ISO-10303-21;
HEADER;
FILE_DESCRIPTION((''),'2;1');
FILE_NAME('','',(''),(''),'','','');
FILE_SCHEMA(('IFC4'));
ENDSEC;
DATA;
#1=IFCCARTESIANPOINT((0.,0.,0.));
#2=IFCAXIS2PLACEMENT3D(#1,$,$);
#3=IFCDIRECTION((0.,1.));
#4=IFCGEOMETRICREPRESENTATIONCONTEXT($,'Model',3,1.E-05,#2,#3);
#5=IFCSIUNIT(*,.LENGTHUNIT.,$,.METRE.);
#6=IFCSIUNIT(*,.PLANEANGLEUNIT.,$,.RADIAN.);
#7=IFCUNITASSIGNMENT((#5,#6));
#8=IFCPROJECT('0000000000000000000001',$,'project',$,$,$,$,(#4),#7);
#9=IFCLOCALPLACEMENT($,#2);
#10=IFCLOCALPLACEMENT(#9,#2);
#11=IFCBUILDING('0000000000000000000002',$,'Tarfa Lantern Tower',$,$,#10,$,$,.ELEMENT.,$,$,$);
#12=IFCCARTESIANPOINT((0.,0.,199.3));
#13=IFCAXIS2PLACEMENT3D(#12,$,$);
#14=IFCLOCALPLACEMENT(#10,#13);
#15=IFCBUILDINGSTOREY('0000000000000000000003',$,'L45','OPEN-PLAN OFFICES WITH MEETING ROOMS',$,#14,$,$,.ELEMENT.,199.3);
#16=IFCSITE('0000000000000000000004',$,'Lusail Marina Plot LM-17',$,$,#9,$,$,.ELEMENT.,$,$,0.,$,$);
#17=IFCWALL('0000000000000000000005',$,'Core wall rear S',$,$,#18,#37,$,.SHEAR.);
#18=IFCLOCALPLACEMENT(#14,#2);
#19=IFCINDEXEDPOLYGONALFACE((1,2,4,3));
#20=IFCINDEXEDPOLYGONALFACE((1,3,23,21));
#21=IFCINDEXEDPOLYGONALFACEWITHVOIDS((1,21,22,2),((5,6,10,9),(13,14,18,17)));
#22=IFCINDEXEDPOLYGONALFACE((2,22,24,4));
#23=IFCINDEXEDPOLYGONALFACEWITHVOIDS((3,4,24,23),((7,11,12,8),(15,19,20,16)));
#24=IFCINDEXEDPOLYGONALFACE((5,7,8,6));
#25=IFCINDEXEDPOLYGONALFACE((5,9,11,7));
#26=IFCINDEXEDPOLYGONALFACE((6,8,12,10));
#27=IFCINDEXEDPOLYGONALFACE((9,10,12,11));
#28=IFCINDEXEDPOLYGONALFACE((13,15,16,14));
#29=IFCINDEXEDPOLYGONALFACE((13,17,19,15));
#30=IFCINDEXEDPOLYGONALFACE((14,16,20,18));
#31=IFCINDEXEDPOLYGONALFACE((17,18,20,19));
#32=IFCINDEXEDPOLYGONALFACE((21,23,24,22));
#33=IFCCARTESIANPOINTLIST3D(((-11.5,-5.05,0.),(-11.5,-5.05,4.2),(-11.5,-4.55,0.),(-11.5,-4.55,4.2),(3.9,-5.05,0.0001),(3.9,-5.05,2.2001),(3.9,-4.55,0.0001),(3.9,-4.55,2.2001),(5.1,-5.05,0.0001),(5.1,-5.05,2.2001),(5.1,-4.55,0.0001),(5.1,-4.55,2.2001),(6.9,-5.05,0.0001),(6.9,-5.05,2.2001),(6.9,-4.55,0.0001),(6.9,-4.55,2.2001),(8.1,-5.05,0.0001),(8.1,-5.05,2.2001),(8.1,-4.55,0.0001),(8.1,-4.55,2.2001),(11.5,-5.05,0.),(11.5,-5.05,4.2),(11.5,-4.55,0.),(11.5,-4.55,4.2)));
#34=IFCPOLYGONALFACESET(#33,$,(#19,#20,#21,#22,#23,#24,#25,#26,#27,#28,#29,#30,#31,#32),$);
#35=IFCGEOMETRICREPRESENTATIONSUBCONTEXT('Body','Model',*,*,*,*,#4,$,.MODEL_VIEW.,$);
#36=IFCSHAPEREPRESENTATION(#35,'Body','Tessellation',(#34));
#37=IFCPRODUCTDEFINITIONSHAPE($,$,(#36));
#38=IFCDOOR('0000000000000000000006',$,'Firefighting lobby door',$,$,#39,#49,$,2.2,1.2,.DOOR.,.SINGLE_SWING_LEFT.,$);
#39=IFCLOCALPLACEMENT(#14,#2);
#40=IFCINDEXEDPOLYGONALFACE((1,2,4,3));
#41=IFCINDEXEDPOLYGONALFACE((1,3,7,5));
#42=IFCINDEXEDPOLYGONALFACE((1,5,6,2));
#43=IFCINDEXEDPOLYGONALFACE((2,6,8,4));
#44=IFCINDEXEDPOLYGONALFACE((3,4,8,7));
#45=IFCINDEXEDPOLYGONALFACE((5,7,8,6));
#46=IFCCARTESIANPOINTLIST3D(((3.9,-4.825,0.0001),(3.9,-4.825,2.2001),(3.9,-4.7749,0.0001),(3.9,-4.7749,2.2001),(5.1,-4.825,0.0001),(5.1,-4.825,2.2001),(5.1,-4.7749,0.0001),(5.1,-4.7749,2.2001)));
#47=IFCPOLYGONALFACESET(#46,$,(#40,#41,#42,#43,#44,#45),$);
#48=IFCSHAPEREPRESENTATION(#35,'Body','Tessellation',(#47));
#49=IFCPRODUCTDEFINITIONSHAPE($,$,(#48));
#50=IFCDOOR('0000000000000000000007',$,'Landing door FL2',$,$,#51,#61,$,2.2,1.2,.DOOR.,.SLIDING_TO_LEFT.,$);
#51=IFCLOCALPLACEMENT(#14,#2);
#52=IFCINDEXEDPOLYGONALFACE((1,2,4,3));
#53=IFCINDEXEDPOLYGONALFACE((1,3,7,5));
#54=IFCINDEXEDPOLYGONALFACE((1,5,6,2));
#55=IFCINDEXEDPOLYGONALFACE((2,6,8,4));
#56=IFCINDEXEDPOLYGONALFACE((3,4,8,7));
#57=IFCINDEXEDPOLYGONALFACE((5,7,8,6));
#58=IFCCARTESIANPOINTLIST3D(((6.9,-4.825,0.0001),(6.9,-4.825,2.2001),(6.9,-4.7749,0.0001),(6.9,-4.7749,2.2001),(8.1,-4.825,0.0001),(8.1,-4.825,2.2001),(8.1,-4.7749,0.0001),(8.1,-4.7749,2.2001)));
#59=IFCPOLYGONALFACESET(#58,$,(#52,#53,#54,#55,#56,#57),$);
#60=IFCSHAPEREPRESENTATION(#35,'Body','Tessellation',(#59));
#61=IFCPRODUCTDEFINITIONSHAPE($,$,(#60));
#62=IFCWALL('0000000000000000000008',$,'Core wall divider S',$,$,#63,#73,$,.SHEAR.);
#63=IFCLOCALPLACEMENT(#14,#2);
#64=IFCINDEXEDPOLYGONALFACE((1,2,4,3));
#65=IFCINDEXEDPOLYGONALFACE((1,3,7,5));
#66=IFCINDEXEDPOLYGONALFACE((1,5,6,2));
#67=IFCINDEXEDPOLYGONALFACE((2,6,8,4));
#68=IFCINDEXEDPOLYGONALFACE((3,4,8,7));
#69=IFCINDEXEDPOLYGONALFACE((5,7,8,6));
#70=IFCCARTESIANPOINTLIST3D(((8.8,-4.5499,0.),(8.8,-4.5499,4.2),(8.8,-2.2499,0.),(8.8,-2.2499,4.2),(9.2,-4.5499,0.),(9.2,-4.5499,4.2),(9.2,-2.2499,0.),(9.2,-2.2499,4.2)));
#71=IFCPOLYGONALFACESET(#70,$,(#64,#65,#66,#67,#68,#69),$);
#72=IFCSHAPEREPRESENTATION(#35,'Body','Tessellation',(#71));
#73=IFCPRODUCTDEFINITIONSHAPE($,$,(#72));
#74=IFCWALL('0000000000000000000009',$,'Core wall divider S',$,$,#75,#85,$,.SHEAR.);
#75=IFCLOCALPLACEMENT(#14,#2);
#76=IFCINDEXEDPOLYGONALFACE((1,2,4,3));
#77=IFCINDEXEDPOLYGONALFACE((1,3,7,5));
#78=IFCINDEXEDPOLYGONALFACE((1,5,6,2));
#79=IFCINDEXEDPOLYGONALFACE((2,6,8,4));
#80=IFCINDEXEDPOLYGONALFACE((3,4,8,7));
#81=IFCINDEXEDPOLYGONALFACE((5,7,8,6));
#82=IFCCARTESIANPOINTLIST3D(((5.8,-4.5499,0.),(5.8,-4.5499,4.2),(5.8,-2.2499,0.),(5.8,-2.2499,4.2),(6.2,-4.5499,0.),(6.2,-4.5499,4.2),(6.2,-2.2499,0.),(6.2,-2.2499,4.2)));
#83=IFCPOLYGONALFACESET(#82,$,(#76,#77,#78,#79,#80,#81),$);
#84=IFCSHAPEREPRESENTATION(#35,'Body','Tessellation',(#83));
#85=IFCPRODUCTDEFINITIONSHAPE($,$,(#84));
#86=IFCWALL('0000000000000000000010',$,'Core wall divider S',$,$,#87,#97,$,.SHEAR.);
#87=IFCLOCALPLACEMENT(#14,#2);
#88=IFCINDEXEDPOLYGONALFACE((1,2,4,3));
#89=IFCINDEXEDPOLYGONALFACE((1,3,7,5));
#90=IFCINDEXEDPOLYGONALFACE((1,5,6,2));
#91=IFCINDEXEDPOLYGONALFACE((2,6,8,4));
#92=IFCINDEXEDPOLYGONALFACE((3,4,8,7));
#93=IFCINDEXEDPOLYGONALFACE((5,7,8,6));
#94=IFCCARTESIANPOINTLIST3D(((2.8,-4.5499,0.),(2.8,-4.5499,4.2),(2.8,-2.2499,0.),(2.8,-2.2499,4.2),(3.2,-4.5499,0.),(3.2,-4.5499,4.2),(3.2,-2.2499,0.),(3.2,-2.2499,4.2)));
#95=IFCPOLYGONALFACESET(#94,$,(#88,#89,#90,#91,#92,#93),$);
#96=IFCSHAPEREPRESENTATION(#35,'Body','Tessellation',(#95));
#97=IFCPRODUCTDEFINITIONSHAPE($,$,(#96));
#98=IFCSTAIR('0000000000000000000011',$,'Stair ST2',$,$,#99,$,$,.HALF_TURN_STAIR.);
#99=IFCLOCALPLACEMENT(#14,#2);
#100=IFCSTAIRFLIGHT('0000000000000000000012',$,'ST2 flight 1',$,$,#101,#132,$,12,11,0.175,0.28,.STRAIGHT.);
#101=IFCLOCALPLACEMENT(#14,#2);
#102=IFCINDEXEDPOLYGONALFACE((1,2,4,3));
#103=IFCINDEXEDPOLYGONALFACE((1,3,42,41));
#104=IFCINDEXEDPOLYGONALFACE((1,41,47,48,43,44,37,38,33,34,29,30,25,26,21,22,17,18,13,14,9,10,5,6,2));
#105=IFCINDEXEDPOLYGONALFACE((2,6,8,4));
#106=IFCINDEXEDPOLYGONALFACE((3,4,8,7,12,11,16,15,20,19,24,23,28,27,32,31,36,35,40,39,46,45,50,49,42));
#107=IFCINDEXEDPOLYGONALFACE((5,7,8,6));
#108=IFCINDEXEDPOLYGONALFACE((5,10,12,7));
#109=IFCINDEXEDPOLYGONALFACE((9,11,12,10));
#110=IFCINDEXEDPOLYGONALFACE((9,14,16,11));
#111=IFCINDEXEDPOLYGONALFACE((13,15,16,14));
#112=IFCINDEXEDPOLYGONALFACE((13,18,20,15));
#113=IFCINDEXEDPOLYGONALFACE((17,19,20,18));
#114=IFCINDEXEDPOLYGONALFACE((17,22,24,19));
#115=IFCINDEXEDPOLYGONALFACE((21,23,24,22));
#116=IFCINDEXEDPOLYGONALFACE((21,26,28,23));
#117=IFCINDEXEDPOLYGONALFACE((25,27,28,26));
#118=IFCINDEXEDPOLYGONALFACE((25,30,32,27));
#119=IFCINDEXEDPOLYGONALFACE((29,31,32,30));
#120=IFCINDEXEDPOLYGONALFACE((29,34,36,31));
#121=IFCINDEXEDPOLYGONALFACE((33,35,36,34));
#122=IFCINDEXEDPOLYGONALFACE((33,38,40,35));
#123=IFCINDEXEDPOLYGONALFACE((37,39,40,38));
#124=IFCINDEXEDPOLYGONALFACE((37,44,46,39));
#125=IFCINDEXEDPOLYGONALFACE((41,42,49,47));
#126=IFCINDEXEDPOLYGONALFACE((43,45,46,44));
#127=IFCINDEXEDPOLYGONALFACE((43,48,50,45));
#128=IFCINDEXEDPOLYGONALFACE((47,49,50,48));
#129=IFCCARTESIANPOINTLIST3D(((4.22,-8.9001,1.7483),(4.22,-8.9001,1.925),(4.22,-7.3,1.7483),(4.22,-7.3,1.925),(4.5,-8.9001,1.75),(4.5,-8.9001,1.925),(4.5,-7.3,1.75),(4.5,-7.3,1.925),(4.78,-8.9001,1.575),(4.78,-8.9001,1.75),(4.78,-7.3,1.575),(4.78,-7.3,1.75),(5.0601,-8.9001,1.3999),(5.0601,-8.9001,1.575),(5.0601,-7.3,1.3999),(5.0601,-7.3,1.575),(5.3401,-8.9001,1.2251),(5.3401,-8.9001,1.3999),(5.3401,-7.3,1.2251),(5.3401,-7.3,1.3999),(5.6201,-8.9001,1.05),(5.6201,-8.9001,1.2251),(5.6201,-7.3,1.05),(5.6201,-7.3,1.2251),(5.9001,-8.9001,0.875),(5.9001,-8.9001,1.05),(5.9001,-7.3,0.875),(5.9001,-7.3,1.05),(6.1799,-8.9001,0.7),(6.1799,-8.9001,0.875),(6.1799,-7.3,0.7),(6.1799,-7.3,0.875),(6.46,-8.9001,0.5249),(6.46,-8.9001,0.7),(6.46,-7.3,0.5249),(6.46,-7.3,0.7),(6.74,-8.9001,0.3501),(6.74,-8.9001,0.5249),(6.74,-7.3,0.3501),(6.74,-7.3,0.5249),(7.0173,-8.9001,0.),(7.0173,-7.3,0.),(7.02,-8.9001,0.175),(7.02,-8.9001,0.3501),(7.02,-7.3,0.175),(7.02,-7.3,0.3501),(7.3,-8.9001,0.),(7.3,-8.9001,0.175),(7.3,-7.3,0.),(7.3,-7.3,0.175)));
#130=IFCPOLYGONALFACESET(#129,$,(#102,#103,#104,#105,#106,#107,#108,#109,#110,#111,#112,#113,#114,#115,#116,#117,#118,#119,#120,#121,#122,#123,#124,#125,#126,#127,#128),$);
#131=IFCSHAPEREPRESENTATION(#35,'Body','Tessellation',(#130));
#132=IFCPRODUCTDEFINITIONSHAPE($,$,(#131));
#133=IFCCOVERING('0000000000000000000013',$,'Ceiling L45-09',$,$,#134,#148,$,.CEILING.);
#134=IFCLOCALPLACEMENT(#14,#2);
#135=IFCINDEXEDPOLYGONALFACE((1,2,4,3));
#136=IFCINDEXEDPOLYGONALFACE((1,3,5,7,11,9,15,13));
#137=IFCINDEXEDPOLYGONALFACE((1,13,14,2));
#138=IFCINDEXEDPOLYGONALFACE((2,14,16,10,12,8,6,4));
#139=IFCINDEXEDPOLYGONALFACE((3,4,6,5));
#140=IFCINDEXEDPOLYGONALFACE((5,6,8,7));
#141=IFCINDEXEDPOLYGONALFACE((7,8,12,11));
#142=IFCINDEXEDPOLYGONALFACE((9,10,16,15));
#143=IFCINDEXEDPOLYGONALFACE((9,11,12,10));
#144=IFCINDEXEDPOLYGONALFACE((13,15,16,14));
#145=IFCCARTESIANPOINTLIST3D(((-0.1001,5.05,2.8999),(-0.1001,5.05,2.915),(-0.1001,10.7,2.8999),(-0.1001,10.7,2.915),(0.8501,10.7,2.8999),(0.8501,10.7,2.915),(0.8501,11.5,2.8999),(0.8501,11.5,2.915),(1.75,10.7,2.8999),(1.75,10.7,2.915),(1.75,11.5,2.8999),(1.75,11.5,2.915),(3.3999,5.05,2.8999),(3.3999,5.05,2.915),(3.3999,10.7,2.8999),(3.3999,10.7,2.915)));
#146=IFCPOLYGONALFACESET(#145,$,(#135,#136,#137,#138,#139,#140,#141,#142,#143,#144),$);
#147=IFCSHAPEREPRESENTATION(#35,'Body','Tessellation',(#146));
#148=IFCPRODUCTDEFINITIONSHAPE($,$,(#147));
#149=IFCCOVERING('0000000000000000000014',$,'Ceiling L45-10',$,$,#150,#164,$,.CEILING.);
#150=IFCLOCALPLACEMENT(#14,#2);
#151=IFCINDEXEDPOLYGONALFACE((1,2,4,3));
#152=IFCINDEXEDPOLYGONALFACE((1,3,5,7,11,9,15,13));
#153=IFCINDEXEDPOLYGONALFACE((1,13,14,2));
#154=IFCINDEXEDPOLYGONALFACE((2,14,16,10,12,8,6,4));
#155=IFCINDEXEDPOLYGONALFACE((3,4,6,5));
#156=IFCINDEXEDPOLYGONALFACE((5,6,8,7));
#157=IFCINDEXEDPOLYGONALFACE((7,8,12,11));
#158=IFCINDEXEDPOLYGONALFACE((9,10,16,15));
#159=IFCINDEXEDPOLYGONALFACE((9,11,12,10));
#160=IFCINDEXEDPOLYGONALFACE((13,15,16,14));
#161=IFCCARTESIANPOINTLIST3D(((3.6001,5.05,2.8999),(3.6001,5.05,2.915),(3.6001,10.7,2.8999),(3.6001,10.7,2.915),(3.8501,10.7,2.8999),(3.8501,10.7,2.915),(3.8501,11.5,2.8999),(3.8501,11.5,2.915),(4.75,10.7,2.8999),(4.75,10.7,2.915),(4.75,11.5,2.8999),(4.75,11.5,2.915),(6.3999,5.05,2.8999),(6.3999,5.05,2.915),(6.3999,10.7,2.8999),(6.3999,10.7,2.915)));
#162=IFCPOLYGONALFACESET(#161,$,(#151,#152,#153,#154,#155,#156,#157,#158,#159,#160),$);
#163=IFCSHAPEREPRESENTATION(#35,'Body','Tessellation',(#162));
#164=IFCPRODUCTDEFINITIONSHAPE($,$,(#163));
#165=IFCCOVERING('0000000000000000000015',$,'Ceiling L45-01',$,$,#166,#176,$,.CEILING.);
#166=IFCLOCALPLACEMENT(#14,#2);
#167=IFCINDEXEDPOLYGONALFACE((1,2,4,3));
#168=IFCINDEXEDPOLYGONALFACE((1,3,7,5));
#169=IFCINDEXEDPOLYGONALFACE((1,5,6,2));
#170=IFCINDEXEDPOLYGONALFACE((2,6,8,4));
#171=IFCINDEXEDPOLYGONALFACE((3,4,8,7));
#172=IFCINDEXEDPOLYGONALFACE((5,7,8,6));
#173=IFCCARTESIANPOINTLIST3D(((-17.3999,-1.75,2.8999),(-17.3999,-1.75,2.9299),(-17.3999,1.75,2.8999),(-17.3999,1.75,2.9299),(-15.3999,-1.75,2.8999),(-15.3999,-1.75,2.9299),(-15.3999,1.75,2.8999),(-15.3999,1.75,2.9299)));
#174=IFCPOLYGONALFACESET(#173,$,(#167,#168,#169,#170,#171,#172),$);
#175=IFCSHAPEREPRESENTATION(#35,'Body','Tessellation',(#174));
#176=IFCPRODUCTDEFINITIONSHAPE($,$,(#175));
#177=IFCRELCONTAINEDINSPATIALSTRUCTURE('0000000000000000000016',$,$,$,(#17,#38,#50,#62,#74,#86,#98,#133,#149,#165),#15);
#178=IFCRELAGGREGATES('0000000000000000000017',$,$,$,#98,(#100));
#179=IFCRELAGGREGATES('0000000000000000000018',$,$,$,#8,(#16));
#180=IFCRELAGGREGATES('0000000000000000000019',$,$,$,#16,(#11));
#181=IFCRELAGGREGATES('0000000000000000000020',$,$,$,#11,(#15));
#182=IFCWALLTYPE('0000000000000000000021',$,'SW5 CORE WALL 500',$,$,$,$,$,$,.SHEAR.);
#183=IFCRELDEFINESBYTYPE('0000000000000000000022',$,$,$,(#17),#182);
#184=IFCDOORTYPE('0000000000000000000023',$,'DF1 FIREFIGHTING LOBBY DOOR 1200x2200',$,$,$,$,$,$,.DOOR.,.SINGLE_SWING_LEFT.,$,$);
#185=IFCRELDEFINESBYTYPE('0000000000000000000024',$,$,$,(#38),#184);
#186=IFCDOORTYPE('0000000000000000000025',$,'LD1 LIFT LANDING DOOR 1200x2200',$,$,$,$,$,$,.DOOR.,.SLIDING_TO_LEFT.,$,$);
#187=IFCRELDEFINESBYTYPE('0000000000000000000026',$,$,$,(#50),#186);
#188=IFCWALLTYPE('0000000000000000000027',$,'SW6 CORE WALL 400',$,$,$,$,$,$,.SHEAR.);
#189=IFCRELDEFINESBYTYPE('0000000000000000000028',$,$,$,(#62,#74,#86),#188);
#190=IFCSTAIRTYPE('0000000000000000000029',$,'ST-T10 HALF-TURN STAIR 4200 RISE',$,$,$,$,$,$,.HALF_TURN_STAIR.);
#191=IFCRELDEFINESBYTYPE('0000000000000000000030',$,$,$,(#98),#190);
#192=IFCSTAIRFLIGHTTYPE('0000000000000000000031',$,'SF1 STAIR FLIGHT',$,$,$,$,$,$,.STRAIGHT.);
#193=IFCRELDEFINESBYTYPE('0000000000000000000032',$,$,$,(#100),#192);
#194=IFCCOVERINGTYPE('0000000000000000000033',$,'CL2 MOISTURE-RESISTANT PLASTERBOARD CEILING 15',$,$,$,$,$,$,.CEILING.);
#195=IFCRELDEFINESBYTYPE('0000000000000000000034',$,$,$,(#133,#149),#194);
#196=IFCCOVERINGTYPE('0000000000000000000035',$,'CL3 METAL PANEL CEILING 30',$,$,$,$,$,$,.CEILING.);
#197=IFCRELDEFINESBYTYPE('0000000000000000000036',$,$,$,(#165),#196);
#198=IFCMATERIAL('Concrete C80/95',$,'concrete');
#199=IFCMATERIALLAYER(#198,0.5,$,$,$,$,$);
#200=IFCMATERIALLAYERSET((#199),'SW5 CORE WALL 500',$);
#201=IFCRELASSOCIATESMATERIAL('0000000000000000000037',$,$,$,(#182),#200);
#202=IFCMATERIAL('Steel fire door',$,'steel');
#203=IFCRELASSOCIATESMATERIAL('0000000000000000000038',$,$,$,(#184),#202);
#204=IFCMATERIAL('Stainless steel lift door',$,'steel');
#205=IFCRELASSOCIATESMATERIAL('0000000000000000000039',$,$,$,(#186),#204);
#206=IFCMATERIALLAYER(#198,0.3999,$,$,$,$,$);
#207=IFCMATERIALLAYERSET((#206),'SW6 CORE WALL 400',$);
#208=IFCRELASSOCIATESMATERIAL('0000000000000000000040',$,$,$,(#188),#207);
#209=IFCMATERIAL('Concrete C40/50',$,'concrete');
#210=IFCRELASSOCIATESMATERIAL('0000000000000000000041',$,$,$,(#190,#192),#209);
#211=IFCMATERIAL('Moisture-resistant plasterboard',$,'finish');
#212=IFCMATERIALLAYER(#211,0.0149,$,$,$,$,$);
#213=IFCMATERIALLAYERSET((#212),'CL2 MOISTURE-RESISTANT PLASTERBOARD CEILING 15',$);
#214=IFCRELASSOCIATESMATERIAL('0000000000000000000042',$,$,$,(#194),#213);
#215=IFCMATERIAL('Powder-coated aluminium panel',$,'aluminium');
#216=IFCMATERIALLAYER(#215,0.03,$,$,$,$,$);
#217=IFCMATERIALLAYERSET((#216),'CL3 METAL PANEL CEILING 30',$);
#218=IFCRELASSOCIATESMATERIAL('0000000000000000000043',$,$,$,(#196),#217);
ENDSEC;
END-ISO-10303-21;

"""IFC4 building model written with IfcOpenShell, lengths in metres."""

from ifc_helpers import new_model, si_unit, direction, frame, frame_2d, origin, place, context, subcontext, project, spatial, polyline, rectangle, outline, extrude, material, layer, layer_set, type_object, element, fill, aggregate, save


model = new_model("IFC4")

# Units and contexts
model_context = context("Model", 3, precision=1e-05, world=origin(), true_north=direction((0.0, 1.0)))
body_context = subcontext(model_context, "Body", "Model", "MODEL_VIEW")
ifc_project = project(units=[si_unit("LENGTHUNIT", "METRE"), si_unit("PLANEANGLEUNIT", "RADIAN")], contexts=[model_context])

# Site, building, storey
site_placement = place(None, origin())
site = spatial("IfcSite", under=ifc_project, at=site_placement, Name="Lusail Marina Plot LM-17", CompositionType="ELEMENT", RefElevation=0.0)
building_placement = place(site_placement, origin())
building = spatial("IfcBuilding", under=site, at=building_placement, Name="Tarfa Lantern Tower", CompositionType="ELEMENT")
storey_placement = place(building_placement, frame((0.0, 0.0, 199.3)))
storey = spatial("IfcBuildingStorey", under=building, at=storey_placement, Name="L45", Description="OPEN-PLAN OFFICES WITH MEETING ROOMS", CompositionType="ELEMENT", Elevation=199.3)

# Shared definitions
ifc_material_1 = material(Name="Concrete C80/95", Category="concrete")

# Shared definitions
ifc_material_2 = material(Name="Steel fire door", Category="steel")

# Shared definitions
ifc_layer_1 = layer(ifc_material_1, 0.5)
ifc_layer_set_1 = layer_set([ifc_layer_1], Name="SW5 CORE WALL 500")
wall_type_1 = type_object("IfcWallType", Name="SW5 CORE WALL 500", PredefinedType="SHEAR", material=ifc_layer_set_1)

# Wall, openings, doors
ifc_material_3 = material(Name="Stainless steel lift door", Category="steel")
wall_1_placement = place(storey_placement, frame((11.5, -4.8, 0.0), z_axis=(0.0, 0.0, 1.0), x_axis=(-1.0, 0.0, 0.0)))
wall_1 = element("IfcWall", 1, at=wall_1_placement, inside=storey, type_object=wall_type_1, Name="Core wall rear S", PredefinedType="SHEAR", context=body_context, shape_type="SweptSolid", body=[
    extrude(rectangle(XDim=23.0, YDim=0.5, at=frame_2d((11.5, 0.0))), origin(), (0.0, 0.0, 1.0), 4.2),
])
opening_1_placement = place(wall_1_placement, frame((6.3999, 0.0, 0.0)))
opening_1 = element("IfcOpeningElement", 2, at=opening_1_placement, cuts=wall_1, PredefinedType="OPENING", context=body_context, shape_type="SweptSolid", body=[
    extrude(rectangle(XDim=1.2, YDim=2.2, at=frame_2d((0.6001, 1.1001))), frame((0.0, 0.26, 0.0), z_axis=(0.0, -1.0, 0.0), x_axis=(1.0, 0.0, 0.0)), (0.0, 0.0, 1.0), 0.52),
])
opening_2_placement = place(wall_1_placement, frame((3.3999, 0.0, 0.0)))
opening_2 = element("IfcOpeningElement", 3, at=opening_2_placement, cuts=wall_1, PredefinedType="OPENING", context=body_context, shape_type="SweptSolid", body=[
    extrude(rectangle(XDim=1.2, YDim=2.2, at=frame_2d((0.6001, 1.1001))), frame((0.0, 0.26, 0.0), z_axis=(0.0, -1.0, 0.0), x_axis=(1.0, 0.0, 0.0)), (0.0, 0.0, 1.0), 0.52),
])
door_type_1 = type_object("IfcDoorType", Name="DF1 FIREFIGHTING LOBBY DOOR 1200x2200", OperationType="SINGLE_SWING_LEFT", PredefinedType="DOOR", material=ifc_material_2)
door_1_placement = place(opening_1_placement, origin())
door_1 = element("IfcDoor", 4, at=door_1_placement, inside=storey, type_object=door_type_1, Name="Firefighting lobby door", OperationType="SINGLE_SWING_LEFT", OverallHeight=2.2, OverallWidth=1.2, PredefinedType="DOOR", context=body_context, shape_type="SweptSolid", body=[
    extrude(rectangle(XDim=1.2, YDim=2.2, at=frame_2d((0.6001, 1.1001))), frame((0.0, 0.0249, 0.0), z_axis=(0.0, -1.0, 0.0), x_axis=(1.0, 0.0, 0.0)), (0.0, 0.0, 1.0), 0.05),
])
fill(opening_1, door_1)
door_type_2 = type_object("IfcDoorType", Name="LD1 LIFT LANDING DOOR 1200x2200", OperationType="SLIDING_TO_LEFT", PredefinedType="DOOR", material=ifc_material_3)
door_2_placement = place(opening_2_placement, origin())
door_2 = element("IfcDoor", 5, at=door_2_placement, inside=storey, type_object=door_type_2, Name="Landing door FL2", OperationType="SLIDING_TO_LEFT", OverallHeight=2.2, OverallWidth=1.2, PredefinedType="DOOR", context=body_context, shape_type="SweptSolid", body=[
    extrude(rectangle(XDim=1.2, YDim=2.2, at=frame_2d((0.6001, 1.1001))), frame((0.0, 0.0249, 0.0), z_axis=(0.0, -1.0, 0.0), x_axis=(1.0, 0.0, 0.0)), (0.0, 0.0, 1.0), 0.05),
])
fill(opening_2, door_2)

# Walls
ifc_layer_2 = layer(ifc_material_1, 0.3999)
ifc_layer_set_2 = layer_set([ifc_layer_2], Name="SW6 CORE WALL 400")
wall_type_2 = type_object("IfcWallType", Name="SW6 CORE WALL 400", PredefinedType="SHEAR", material=ifc_layer_set_2)
for number, where, z_axis, x_axis, name in (
    (6, (9.0, -2.25, 0.0), (0.0, 0.0, 1.0), (0.0, -1.0, 0.0), "Core wall divider S"),
    (7, (6.0, -2.25, 0.0), (0.0, 0.0, 1.0), (0.0, -1.0, 0.0), "Core wall divider S"),
    (8, (3.0, -2.25, 0.0), (0.0, 0.0, 1.0), (0.0, -1.0, 0.0), "Core wall divider S"),
):
    element("IfcWall", number, at=place(storey_placement, frame(where, z_axis=z_axis, x_axis=x_axis)), inside=storey, type_object=wall_type_2, Name=name, PredefinedType="SHEAR", context=body_context, shape_type="SweptSolid", body=[
        extrude(rectangle(XDim=2.3, YDim=0.3999, at=frame_2d((1.1499, 0.0))), origin(), (0.0, 0.0, 1.0), 4.2),
    ])

# Stair, stair flight
ifc_material_4 = material(Name="Concrete C40/50", Category="concrete")
stair_type = type_object("IfcStairType", Name="ST-T10 HALF-TURN STAIR 4200 RISE", PredefinedType="HALF_TURN_STAIR", material=ifc_material_4)
stair_placement = place(storey_placement, origin())
stair = element("IfcStair", 9, at=stair_placement, inside=storey, type_object=stair_type, Name="Stair ST2", PredefinedType="HALF_TURN_STAIR")
stair_flight_type = type_object("IfcStairFlightType", Name="SF1 STAIR FLIGHT", PredefinedType="STRAIGHT", material=ifc_material_4)
stair_flight_placement = place(storey_placement, frame((7.3, -8.1001, 0.0), z_axis=(0.0, 0.0, 1.0), x_axis=(-1.0, 0.0, 0.0)))
stair_flight = element("IfcStairFlight", 10, at=stair_flight_placement, type_object=stair_flight_type, Name="ST2 flight 1", NumberOfRisers=12, NumberOfTreads=11, PredefinedType="STRAIGHT", RiserHeight=0.175, TreadLength=0.28, context=body_context, shape_type="SweptSolid", body=[
    extrude(outline(polyline([(0.0, 0.0), (0.0, 0.175), (0.28, 0.175), (0.28, 0.3501), (0.5601, 0.3501), (0.5601, 0.5249), (0.8401, 0.5249), (0.8401, 0.7), (1.1201, 0.7), (1.1201, 0.875), (1.3999, 0.875), (1.3999, 1.05), (1.6799, 1.05), (1.6799, 1.2251), (1.96, 1.2251), (1.96, 1.3999), (2.24, 1.3999), (2.24, 1.575), (2.52, 1.575), (2.52, 1.75), (2.8, 1.75), (2.8, 1.925), (3.0801, 1.925), (3.0801, 2.1001), (3.0801, 1.7483), (0.2827, 0.0), (0.0, 0.0)])), frame((0.0, 0.8, 0.0), z_axis=(0.0, -1.0, 0.0), x_axis=(1.0, 0.0, 0.0)), (0.0, 0.0, 1.0), 1.6001),
])
aggregate(stair, [stair_flight])

# Coverings
ifc_material_5 = material(Name="Moisture-resistant plasterboard", Category="finish")
ifc_layer_3 = layer(ifc_material_5, 0.0149)
ifc_layer_set_3 = layer_set([ifc_layer_3], Name="CL2 MOISTURE-RESISTANT PLASTERBOARD CEILING 15")
covering_type_1 = type_object("IfcCoveringType", Name="CL2 MOISTURE-RESISTANT PLASTERBOARD CEILING 15", PredefinedType="CEILING", material=ifc_layer_set_3)
covering_1_placement = place(storey_placement, frame((0.0, 0.0, 2.8999)))
element("IfcCovering", 11, at=covering_1_placement, inside=storey, type_object=covering_type_1, Name="Ceiling L45-09", PredefinedType="CEILING", context=body_context, shape_type="SweptSolid", body=[
    extrude(outline(polyline([(0.8501, 10.7), (-0.1001, 10.7), (-0.1001, 5.05), (3.3999, 5.05), (3.3999, 10.7), (1.75, 10.7), (1.75, 11.5), (0.8501, 11.5), (0.8501, 11.5), (0.8501, 10.7)])), origin(), (0.0, 0.0, 1.0), 0.0151),
])
covering_2_placement = place(storey_placement, frame((0.0, 0.0, 2.8999)))
element("IfcCovering", 12, at=covering_2_placement, inside=storey, type_object=covering_type_1, Name="Ceiling L45-10", PredefinedType="CEILING", context=body_context, shape_type="SweptSolid", body=[
    extrude(outline(polyline([(3.6001, 5.05), (6.3999, 5.05), (6.3999, 10.7), (4.75, 10.7), (4.75, 11.5), (3.8501, 11.5), (3.8501, 10.7), (3.6001, 10.7), (3.6001, 5.05)])), origin(), (0.0, 0.0, 1.0), 0.0151),
])
ifc_material_6 = material(Name="Powder-coated aluminium panel", Category="aluminium")
ifc_layer_4 = layer(ifc_material_6, 0.03)
ifc_layer_set_4 = layer_set([ifc_layer_4], Name="CL3 METAL PANEL CEILING 30")
covering_type_2 = type_object("IfcCoveringType", Name="CL3 METAL PANEL CEILING 30", PredefinedType="CEILING", material=ifc_layer_set_4)
covering_3_placement = place(storey_placement, frame((0.0, 0.0, 2.8999)))
element("IfcCovering", 13, at=covering_3_placement, inside=storey, type_object=covering_type_2, Name="Ceiling L45-01", PredefinedType="CEILING", context=body_context, shape_type="SweptSolid", body=[
    extrude(outline(polyline([(-17.3999, -1.75), (-15.3999, -1.75), (-15.3999, 1.75), (-17.3999, 1.75), (-17.3999, -1.75)])), origin(), (0.0, 0.0, 1.0), 0.03),
])

save(model, "model.ifc")
